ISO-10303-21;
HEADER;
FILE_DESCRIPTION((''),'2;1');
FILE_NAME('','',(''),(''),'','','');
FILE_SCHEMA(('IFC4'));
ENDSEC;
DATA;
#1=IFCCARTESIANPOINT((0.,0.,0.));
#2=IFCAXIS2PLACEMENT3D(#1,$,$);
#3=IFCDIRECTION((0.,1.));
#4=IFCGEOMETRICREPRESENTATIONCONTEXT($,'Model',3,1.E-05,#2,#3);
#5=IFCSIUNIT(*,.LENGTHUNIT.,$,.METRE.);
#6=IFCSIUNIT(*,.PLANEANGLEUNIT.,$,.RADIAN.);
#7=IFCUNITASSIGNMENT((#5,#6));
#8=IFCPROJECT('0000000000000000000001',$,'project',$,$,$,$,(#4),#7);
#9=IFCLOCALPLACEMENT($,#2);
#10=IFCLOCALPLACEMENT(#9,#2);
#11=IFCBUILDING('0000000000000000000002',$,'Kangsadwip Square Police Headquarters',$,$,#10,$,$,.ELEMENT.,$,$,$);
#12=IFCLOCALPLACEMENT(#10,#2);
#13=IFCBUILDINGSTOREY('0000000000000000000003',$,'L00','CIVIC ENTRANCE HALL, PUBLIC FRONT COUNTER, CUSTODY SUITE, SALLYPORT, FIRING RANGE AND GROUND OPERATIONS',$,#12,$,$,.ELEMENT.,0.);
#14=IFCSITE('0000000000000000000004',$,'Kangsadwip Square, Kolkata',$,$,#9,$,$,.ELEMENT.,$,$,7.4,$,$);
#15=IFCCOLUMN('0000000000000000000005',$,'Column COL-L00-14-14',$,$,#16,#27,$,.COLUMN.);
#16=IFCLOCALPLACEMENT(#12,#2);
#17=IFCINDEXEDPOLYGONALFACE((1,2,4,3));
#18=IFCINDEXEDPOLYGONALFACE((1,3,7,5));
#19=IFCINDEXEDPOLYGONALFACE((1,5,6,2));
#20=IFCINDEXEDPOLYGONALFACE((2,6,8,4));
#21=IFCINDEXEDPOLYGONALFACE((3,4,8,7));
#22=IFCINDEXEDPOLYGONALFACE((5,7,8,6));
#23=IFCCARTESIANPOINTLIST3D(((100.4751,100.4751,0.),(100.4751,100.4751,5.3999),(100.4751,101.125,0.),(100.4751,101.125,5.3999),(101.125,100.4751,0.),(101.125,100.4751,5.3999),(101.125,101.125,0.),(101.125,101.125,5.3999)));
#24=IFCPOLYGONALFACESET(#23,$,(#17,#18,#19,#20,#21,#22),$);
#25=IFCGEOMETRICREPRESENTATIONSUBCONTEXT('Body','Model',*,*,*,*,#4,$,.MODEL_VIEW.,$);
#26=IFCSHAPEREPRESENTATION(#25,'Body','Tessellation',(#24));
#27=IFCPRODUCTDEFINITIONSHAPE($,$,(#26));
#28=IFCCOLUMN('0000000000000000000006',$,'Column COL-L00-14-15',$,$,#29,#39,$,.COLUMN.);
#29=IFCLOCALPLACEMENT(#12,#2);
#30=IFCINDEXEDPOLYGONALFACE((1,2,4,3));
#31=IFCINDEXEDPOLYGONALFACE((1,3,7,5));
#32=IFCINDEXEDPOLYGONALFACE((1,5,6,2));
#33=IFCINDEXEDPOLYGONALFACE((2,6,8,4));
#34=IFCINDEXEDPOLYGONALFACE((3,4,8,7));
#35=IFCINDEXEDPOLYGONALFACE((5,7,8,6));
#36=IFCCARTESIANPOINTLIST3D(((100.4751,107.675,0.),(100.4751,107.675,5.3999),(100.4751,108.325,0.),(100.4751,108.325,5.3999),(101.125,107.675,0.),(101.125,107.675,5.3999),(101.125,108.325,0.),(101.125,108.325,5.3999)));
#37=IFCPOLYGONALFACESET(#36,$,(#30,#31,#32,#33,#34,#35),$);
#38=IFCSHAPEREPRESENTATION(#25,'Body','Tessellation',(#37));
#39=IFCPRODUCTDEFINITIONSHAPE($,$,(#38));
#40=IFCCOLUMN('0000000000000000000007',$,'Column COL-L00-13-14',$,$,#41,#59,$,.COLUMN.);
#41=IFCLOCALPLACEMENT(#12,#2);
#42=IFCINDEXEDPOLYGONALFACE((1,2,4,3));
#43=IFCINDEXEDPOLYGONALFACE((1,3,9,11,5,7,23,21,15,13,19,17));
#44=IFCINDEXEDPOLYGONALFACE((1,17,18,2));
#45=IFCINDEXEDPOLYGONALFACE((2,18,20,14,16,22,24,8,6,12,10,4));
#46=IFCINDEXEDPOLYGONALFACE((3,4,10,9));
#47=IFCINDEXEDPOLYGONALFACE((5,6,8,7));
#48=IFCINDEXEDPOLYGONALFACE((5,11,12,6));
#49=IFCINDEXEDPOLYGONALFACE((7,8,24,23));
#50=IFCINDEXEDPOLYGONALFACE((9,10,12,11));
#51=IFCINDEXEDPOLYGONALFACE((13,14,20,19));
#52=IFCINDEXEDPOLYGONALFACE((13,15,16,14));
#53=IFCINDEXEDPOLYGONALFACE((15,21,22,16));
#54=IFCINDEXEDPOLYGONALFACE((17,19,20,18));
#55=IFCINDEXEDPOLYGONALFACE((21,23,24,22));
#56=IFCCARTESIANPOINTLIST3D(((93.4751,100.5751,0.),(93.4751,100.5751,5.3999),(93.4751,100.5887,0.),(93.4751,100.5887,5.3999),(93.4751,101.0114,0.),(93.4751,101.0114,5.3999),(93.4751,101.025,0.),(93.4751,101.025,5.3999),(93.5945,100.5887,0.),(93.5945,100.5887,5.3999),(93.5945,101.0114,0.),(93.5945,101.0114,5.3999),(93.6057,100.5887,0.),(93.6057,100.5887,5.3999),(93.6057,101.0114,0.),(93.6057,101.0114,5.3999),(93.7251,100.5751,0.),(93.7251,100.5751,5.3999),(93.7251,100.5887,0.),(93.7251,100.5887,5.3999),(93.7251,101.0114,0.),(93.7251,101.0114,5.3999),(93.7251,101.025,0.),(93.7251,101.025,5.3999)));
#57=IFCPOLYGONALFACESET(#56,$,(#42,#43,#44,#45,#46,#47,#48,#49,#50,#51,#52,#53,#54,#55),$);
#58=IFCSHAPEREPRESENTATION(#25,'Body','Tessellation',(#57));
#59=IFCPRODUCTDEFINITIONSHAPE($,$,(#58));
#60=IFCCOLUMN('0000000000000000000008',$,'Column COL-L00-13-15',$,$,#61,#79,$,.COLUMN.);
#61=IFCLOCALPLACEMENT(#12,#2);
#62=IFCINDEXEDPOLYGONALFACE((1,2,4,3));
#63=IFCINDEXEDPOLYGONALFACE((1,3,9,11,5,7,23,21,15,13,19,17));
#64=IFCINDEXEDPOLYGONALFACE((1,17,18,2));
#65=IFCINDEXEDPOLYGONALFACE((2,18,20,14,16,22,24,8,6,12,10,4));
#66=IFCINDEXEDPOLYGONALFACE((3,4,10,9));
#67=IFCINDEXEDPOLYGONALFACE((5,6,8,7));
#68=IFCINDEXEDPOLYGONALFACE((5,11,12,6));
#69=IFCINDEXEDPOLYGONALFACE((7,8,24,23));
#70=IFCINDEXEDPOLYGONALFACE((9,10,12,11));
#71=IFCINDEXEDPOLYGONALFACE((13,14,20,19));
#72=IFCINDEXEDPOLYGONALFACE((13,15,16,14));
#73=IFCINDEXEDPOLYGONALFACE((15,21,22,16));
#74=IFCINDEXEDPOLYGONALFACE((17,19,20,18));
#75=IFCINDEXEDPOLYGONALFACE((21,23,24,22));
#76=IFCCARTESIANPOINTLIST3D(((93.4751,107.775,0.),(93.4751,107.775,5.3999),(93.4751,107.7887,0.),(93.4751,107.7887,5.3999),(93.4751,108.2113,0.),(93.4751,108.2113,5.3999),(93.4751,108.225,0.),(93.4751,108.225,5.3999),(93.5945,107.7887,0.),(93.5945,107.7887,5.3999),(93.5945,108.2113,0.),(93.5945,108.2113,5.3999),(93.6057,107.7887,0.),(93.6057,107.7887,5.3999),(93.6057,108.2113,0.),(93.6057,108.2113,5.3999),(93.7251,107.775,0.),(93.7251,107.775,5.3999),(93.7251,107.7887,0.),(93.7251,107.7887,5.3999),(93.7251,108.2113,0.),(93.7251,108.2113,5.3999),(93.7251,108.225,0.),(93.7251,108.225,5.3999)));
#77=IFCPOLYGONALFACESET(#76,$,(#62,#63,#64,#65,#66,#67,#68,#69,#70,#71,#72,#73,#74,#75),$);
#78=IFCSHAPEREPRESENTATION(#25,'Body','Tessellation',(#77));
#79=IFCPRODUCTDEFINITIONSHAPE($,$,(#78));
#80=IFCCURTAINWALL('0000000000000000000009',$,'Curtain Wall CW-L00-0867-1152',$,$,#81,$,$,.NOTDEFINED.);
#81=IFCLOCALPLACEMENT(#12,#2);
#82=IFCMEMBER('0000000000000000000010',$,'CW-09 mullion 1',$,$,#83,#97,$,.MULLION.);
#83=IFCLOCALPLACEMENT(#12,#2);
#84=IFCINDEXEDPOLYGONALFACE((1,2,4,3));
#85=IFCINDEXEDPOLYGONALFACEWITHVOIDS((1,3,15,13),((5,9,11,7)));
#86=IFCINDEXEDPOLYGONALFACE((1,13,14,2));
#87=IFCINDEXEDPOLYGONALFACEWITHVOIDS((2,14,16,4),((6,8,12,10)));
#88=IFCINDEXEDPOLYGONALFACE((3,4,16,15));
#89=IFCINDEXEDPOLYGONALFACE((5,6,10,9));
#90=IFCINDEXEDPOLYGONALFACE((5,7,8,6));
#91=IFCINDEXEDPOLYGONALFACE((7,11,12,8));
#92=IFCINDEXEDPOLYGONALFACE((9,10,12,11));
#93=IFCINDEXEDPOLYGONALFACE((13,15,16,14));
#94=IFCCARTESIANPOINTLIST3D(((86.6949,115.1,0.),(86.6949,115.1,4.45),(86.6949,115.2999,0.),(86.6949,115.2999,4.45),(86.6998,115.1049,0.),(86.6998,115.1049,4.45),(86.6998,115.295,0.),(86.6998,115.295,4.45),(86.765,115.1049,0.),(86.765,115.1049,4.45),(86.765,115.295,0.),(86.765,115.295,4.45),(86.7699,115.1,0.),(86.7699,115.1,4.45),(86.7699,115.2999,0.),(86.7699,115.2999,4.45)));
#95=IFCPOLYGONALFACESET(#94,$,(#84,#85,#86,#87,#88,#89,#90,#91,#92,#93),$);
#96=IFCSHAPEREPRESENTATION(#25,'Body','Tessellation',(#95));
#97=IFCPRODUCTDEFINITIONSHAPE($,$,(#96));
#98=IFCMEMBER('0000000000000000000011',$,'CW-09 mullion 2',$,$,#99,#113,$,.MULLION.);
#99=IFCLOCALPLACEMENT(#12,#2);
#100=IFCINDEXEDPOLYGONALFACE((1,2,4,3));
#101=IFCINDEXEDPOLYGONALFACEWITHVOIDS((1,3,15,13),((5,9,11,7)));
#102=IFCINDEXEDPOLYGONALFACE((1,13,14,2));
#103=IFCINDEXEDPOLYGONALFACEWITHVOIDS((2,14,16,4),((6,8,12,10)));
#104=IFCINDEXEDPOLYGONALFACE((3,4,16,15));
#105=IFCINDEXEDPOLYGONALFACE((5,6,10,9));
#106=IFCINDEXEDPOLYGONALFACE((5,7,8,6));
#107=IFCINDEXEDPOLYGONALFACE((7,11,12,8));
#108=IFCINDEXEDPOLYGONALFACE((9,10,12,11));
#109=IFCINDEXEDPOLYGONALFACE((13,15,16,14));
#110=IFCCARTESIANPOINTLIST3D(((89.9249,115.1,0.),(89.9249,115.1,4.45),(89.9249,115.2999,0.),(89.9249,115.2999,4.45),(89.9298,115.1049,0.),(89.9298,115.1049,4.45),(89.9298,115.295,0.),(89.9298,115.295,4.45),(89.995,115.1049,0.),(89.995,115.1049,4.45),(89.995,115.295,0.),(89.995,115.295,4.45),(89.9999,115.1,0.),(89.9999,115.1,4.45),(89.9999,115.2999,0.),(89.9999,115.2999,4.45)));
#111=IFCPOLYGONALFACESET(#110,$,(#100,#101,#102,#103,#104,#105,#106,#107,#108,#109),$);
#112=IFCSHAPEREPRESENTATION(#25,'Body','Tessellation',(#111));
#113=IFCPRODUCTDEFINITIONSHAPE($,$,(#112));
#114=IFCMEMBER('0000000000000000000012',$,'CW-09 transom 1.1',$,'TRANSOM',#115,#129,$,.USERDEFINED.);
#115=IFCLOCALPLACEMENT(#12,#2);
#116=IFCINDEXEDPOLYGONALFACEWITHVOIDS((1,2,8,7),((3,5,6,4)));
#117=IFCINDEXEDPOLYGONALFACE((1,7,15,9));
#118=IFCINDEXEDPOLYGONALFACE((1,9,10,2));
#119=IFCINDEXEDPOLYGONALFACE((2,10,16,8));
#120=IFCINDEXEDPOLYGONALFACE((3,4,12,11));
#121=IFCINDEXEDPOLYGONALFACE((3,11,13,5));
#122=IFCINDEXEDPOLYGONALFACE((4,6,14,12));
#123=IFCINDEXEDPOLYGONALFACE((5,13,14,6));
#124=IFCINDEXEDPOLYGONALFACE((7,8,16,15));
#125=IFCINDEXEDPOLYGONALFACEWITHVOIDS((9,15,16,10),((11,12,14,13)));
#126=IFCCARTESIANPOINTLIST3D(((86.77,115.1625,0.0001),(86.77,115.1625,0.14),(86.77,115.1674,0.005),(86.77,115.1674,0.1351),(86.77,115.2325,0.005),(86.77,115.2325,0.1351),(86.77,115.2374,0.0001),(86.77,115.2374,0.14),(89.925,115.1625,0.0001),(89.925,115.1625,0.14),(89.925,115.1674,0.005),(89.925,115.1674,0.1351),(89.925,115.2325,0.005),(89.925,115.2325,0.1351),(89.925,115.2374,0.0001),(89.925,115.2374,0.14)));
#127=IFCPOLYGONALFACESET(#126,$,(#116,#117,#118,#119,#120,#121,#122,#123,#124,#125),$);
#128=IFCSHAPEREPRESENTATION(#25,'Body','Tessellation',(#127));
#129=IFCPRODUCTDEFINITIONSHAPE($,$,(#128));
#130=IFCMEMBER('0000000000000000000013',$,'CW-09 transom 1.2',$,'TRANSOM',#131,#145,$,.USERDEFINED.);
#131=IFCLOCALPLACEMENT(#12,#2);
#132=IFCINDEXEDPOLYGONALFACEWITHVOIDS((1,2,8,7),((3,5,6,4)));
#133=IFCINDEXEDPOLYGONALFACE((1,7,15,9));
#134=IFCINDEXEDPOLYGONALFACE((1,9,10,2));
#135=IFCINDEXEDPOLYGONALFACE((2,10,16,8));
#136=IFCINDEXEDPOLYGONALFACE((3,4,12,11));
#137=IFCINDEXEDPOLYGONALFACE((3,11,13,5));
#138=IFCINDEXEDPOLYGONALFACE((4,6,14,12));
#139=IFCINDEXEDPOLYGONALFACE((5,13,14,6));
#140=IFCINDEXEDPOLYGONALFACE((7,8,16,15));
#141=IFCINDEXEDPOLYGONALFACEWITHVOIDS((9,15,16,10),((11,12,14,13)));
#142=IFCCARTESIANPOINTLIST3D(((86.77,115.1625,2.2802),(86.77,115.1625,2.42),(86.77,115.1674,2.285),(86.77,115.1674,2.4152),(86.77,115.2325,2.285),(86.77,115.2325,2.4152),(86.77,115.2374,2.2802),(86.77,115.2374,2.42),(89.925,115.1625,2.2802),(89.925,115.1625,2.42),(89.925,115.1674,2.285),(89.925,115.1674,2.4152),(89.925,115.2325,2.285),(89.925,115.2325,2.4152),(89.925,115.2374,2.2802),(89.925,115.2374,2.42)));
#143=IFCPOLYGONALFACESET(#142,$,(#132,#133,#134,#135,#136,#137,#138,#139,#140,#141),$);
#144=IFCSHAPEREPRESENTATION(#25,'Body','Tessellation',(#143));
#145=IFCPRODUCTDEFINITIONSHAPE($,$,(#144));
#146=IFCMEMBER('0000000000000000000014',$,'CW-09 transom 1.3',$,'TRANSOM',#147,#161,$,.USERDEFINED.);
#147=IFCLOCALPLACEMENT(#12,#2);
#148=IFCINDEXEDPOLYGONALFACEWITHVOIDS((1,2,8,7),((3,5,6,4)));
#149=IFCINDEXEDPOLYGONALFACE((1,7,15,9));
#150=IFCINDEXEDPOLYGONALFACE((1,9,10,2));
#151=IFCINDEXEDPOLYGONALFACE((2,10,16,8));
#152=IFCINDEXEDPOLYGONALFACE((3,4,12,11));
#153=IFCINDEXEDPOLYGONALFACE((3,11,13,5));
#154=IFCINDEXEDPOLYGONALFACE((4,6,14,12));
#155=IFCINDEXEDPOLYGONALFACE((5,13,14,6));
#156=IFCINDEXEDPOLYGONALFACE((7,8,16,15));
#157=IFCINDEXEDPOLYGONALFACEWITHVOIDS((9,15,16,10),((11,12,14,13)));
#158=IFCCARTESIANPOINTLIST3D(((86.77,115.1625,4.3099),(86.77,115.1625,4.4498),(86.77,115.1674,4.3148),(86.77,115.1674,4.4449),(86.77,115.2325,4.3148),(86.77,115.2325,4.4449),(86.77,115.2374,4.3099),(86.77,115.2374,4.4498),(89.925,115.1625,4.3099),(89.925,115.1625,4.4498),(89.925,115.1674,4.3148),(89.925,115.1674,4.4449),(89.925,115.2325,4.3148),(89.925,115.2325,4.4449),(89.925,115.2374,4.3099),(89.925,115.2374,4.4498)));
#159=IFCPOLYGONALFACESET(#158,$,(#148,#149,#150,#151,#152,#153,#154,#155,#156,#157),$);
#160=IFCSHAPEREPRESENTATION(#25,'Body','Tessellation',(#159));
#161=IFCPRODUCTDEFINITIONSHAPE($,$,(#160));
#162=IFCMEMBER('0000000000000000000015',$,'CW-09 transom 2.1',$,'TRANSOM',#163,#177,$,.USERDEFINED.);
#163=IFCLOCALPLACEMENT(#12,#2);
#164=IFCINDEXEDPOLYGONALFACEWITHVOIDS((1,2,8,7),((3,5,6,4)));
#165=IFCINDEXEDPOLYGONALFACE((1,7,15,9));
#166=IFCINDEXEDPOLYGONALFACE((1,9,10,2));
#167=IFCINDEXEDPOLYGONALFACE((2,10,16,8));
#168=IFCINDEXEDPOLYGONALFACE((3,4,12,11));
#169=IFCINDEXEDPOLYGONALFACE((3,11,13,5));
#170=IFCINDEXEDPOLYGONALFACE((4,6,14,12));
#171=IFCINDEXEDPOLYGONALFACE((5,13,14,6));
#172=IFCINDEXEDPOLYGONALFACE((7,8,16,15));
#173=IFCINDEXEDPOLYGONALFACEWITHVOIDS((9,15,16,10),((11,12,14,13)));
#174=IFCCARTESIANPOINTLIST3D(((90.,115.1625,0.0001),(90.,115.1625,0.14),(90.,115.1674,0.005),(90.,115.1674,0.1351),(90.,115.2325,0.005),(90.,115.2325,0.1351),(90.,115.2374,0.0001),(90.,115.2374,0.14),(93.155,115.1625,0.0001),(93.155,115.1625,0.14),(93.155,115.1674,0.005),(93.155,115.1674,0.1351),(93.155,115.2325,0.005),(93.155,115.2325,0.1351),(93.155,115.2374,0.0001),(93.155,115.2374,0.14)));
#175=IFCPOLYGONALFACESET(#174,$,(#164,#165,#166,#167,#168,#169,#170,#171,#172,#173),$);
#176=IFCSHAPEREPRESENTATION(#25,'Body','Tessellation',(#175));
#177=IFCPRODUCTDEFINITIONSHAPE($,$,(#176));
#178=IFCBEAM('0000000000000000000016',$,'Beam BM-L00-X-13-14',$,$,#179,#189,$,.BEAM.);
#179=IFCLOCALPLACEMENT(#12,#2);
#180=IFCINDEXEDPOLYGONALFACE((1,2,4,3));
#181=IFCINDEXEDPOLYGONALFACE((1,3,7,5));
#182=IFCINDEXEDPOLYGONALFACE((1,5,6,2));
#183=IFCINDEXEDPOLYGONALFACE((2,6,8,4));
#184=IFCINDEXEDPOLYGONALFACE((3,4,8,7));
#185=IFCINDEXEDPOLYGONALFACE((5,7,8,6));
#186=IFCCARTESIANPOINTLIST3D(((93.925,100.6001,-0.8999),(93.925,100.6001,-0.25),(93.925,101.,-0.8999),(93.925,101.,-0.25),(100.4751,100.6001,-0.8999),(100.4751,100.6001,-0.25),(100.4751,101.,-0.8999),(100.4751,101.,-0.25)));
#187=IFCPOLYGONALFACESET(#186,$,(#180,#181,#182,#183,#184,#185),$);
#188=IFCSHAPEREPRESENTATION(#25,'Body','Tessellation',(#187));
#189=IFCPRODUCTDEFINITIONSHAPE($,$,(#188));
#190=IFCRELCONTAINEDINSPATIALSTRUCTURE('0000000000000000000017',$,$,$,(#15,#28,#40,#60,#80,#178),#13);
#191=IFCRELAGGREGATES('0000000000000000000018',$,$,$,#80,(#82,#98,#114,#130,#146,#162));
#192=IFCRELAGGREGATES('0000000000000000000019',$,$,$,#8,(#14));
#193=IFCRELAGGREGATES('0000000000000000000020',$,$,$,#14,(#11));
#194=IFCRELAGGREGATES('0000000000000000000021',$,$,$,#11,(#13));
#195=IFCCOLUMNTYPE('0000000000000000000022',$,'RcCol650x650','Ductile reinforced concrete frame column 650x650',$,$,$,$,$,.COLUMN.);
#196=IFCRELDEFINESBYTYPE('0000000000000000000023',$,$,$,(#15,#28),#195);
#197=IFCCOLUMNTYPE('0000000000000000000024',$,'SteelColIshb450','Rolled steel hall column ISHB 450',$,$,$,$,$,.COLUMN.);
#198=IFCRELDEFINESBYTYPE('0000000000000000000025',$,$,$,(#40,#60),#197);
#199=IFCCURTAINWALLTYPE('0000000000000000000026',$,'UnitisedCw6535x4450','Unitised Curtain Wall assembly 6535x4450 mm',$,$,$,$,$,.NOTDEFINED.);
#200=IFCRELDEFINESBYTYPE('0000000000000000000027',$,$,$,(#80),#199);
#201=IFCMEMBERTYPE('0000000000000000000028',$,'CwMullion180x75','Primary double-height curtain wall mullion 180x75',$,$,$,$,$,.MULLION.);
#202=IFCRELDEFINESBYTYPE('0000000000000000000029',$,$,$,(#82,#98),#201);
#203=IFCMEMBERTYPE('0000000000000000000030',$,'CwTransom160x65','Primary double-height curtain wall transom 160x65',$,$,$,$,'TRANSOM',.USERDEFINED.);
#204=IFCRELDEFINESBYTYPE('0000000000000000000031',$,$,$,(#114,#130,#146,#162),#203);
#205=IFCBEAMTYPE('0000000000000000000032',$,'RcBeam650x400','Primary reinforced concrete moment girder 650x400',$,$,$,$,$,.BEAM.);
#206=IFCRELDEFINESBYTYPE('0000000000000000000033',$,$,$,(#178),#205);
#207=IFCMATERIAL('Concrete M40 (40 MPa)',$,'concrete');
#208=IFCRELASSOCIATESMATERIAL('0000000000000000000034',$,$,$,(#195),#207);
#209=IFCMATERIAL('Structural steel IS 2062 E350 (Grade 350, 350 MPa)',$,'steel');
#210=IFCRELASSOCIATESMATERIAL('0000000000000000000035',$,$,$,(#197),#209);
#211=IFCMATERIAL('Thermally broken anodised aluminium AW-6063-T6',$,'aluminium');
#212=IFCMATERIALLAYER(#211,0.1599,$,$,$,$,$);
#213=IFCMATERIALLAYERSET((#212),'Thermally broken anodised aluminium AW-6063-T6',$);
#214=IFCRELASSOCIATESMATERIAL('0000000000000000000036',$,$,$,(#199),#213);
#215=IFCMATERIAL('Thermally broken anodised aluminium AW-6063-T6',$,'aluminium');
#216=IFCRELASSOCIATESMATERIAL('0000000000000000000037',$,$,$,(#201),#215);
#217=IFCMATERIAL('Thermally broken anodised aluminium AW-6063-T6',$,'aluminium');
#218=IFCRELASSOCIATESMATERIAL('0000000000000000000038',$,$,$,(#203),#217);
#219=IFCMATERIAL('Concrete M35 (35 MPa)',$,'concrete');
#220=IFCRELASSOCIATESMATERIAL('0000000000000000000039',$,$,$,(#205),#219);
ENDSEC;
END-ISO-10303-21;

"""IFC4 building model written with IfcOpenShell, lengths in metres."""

from ifc_helpers import new_model, si_unit, direction, frame, origin, origin_2d, place, context, subcontext, project, spatial, rectangle, hollow_rectangle, i_section, extrude, material, layer, layer_set, material_profile, profile_set, type_object, element, aggregate, save


model = new_model("IFC4")

# Units and contexts
model_context = context("Model", 3, precision=1e-05, world=origin(), true_north=direction((0.0, 1.0)))
body_context = subcontext(model_context, "Body", "Model", "MODEL_VIEW")
ifc_project = project(units=[si_unit("LENGTHUNIT", "METRE"), si_unit("PLANEANGLEUNIT", "RADIAN")], contexts=[model_context])

# Site, building, storey
site_placement = place(None, origin())
site = spatial("IfcSite", under=ifc_project, at=site_placement, Name="Kangsadwip Square, Kolkata", CompositionType="ELEMENT", RefElevation=7.4)
building_placement = place(site_placement, origin())
building = spatial("IfcBuilding", under=site, at=building_placement, Name="Kangsadwip Square Police Headquarters", CompositionType="ELEMENT")
storey_placement = place(building_placement, origin())
storey = spatial("IfcBuildingStorey", under=building, at=storey_placement, Name="L00", Description="CIVIC ENTRANCE HALL, PUBLIC FRONT COUNTER, CUSTODY SUITE, SALLYPORT, FIRING RANGE AND GROUND OPERATIONS", CompositionType="ELEMENT", Elevation=0.0)

# Columns
ifc_material_1 = material(Name="Concrete M40 (40 MPa)", Category="concrete")
ifc_material_profile_1 = material_profile(ifc_material_1, rectangle(XDim=0.6499, YDim=0.6499, at=origin_2d()), Name="RC COL 650X650")
ifc_profile_set_1 = profile_set([ifc_material_profile_1], Name="Concrete M40 (40 MPa)")
column_type_1 = type_object("IfcColumnType", Name="RcCol650x650", Description="Ductile reinforced concrete frame column 650x650", PredefinedType="COLUMN", material=ifc_profile_set_1)
for number, where, z_axis, x_axis, name in (
    (1, (100.8, 100.8, 0.0), (0.0, 0.0, 1.0), (1.0, 0.0, 0.0), "Column COL-L00-14-14"),
    (2, (100.8, 108.0, 0.0), (0.0, 0.0, 1.0), (1.0, 0.0, 0.0), "Column COL-L00-14-15"),
):
    element("IfcColumn", number, at=place(storey_placement, frame(where, z_axis=z_axis, x_axis=x_axis)), inside=storey, type_object=column_type_1, Name=name, PredefinedType="COLUMN", context=body_context, shape_type="SweptSolid", body=[
        extrude(rectangle(XDim=0.6499, YDim=0.6499, at=origin_2d()), origin(), (0.0, 0.0, 1.0), 5.3999),
    ])
ifc_material_2 = material(Name="Structural steel IS 2062 E350 (Grade 350, 350 MPa)", Category="steel")
ifc_material_profile_2 = material_profile(ifc_material_2, i_section(OverallWidth=0.25, OverallDepth=0.45, WebThickness=0.0112, FlangeThickness=0.0137, at=origin_2d()), Name="ISHB 450")
ifc_profile_set_2 = profile_set([ifc_material_profile_2], Name="Structural steel IS 2062 E350 (Grade 350, 350 MPa)")
column_type_2 = type_object("IfcColumnType", Name="SteelColIshb450", Description="Rolled steel hall column ISHB 450", PredefinedType="COLUMN", material=ifc_profile_set_2)
for number, where, z_axis, x_axis, name in (
    (3, (93.6001, 100.8, 0.0), (0.0, 0.0, 1.0), (1.0, 0.0, 0.0), "Column COL-L00-13-14"),
    (4, (93.6001, 108.0, 0.0), (0.0, 0.0, 1.0), (1.0, 0.0, 0.0), "Column COL-L00-13-15"),
):
    element("IfcColumn", number, at=place(storey_placement, frame(where, z_axis=z_axis, x_axis=x_axis)), inside=storey, type_object=column_type_2, Name=name, PredefinedType="COLUMN", context=body_context, shape_type="SweptSolid", body=[
        extrude(i_section(OverallWidth=0.25, OverallDepth=0.45, WebThickness=0.0112, FlangeThickness=0.0137, at=origin_2d()), origin(), (0.0, 0.0, 1.0), 5.3999),
    ])

# Curtain wall, members
ifc_material_3 = material(Name="Thermally broken anodised aluminium AW-6063-T6", Category="aluminium")
ifc_layer_1 = layer(ifc_material_3, 0.1599)
ifc_layer_set_1 = layer_set([ifc_layer_1], Name="Thermally broken anodised aluminium AW-6063-T6")
curtain_wall_type = type_object("IfcCurtainWallType", Name="UnitisedCw6535x4450", Description="Unitised Curtain Wall assembly 6535x4450 mm", PredefinedType="NOTDEFINED", material=ifc_layer_set_1)
curtain_wall_placement = place(storey_placement, origin())
curtain_wall = element("IfcCurtainWall", 5, at=curtain_wall_placement, inside=storey, type_object=curtain_wall_type, Name="Curtain Wall CW-L00-0867-1152", PredefinedType="NOTDEFINED")
ifc_material_4 = material(Name="Thermally broken anodised aluminium AW-6063-T6", Category="aluminium")
ifc_material_profile_3 = material_profile(ifc_material_4, hollow_rectangle(XDim=0.075, YDim=0.2, WallThickness=0.0049, at=origin_2d()), Name="CWM 200X75X5")
ifc_profile_set_3 = profile_set([ifc_material_profile_3], Name="Thermally broken anodised aluminium AW-6063-T6")
member_type_1 = type_object("IfcMemberType", Name="CwMullion180x75", Description="Primary double-height curtain wall mullion 180x75", PredefinedType="MULLION", material=ifc_profile_set_3)
member_1_placement = place(storey_placement, frame((86.7324, 115.2, 0.0), z_axis=(0.0, 0.0, 1.0), x_axis=(1.0, 0.0, 0.0)))
member_1 = element("IfcMember", 6, at=member_1_placement, type_object=member_type_1, Name="CW-09 mullion 1", PredefinedType="MULLION", context=body_context, shape_type="SweptSolid", body=[
    extrude(hollow_rectangle(XDim=0.075, YDim=0.2, WallThickness=0.0049, at=origin_2d()), origin(), (0.0, 0.0, 1.0), 4.45),
])
member_2_placement = place(storey_placement, frame((89.9624, 115.2, 0.0), z_axis=(0.0, 0.0, 1.0), x_axis=(1.0, 0.0, 0.0)))
member_2 = element("IfcMember", 7, at=member_2_placement, type_object=member_type_1, Name="CW-09 mullion 2", PredefinedType="MULLION", context=body_context, shape_type="SweptSolid", body=[
    extrude(hollow_rectangle(XDim=0.075, YDim=0.2, WallThickness=0.0049, at=origin_2d()), origin(), (0.0, 0.0, 1.0), 4.45),
])
ifc_material_5 = material(Name="Thermally broken anodised aluminium AW-6063-T6", Category="aluminium")
ifc_material_profile_4 = material_profile(ifc_material_5, hollow_rectangle(XDim=0.075, YDim=0.1399, WallThickness=0.0049, at=origin_2d()), Name="CWT 140X75X5")
ifc_profile_set_4 = profile_set([ifc_material_profile_4], Name="Thermally broken anodised aluminium AW-6063-T6")
member_type_2 = type_object("IfcMemberType", Name="CwTransom160x65", Description="Primary double-height curtain wall transom 160x65", ElementType="TRANSOM", PredefinedType="USERDEFINED", material=ifc_profile_set_4)
member_3_placement = place(storey_placement, frame((86.77, 115.2, 0.0701), z_axis=(1.0, 0.0, 0.0), x_axis=(0.0, 1.0, 0.0)))
member_3 = element("IfcMember", 8, at=member_3_placement, type_object=member_type_2, Name="CW-09 transom 1.1", ObjectType="TRANSOM", PredefinedType="USERDEFINED", context=body_context, shape_type="SweptSolid", body=[
    extrude(hollow_rectangle(XDim=0.075, YDim=0.1399, WallThickness=0.0049, at=origin_2d()), origin(), (0.0, 0.0, 1.0), 3.155),
])
member_4_placement = place(storey_placement, frame((86.77, 115.2, 2.3501), z_axis=(1.0, 0.0, 0.0), x_axis=(0.0, 1.0, 0.0)))
member_4 = element("IfcMember", 9, at=member_4_placement, type_object=member_type_2, Name="CW-09 transom 1.2", ObjectType="TRANSOM", PredefinedType="USERDEFINED", context=body_context, shape_type="SweptSolid", body=[
    extrude(hollow_rectangle(XDim=0.075, YDim=0.1399, WallThickness=0.0049, at=origin_2d()), origin(), (0.0, 0.0, 1.0), 3.155),
])
member_5_placement = place(storey_placement, frame((86.77, 115.2, 4.3799), z_axis=(1.0, 0.0, 0.0), x_axis=(0.0, 1.0, 0.0)))
member_5 = element("IfcMember", 10, at=member_5_placement, type_object=member_type_2, Name="CW-09 transom 1.3", ObjectType="TRANSOM", PredefinedType="USERDEFINED", context=body_context, shape_type="SweptSolid", body=[
    extrude(hollow_rectangle(XDim=0.075, YDim=0.1399, WallThickness=0.0049, at=origin_2d()), origin(), (0.0, 0.0, 1.0), 3.155),
])
member_6_placement = place(storey_placement, frame((90.0, 115.2, 0.0701), z_axis=(1.0, 0.0, 0.0), x_axis=(0.0, 1.0, 0.0)))
member_6 = element("IfcMember", 11, at=member_6_placement, type_object=member_type_2, Name="CW-09 transom 2.1", ObjectType="TRANSOM", PredefinedType="USERDEFINED", context=body_context, shape_type="SweptSolid", body=[
    extrude(hollow_rectangle(XDim=0.075, YDim=0.1399, WallThickness=0.0049, at=origin_2d()), origin(), (0.0, 0.0, 1.0), 3.155),
])

# Beam
ifc_material_6 = material(Name="Concrete M35 (35 MPa)", Category="concrete")
ifc_material_profile_5 = material_profile(ifc_material_6, rectangle(XDim=0.3999, YDim=0.6499, at=origin_2d()), Name="RC BM 650X400")
ifc_profile_set_5 = profile_set([ifc_material_profile_5], Name="Concrete M35 (35 MPa)")
beam_type = type_object("IfcBeamType", Name="RcBeam650x400", Description="Primary reinforced concrete moment girder 650x400", PredefinedType="BEAM", material=ifc_profile_set_5)
for number, where, z_axis, x_axis, name in (
    (12, (93.925, 100.8, -0.575), (1.0, 0.0, 0.0), (0.0, 1.0, 0.0), "Beam BM-L00-X-13-14"),
):
    element("IfcBeam", number, at=place(storey_placement, frame(where, z_axis=z_axis, x_axis=x_axis)), inside=storey, type_object=beam_type, Name=name, PredefinedType="BEAM", context=body_context, shape_type="SweptSolid", body=[
        extrude(rectangle(XDim=0.3999, YDim=0.6499, at=origin_2d()), origin(), (0.0, 0.0, 1.0), 6.55),
    ])

aggregate(curtain_wall, [member_1, member_2, member_3, member_4, member_5, member_6])

save(model, "model.ifc")
